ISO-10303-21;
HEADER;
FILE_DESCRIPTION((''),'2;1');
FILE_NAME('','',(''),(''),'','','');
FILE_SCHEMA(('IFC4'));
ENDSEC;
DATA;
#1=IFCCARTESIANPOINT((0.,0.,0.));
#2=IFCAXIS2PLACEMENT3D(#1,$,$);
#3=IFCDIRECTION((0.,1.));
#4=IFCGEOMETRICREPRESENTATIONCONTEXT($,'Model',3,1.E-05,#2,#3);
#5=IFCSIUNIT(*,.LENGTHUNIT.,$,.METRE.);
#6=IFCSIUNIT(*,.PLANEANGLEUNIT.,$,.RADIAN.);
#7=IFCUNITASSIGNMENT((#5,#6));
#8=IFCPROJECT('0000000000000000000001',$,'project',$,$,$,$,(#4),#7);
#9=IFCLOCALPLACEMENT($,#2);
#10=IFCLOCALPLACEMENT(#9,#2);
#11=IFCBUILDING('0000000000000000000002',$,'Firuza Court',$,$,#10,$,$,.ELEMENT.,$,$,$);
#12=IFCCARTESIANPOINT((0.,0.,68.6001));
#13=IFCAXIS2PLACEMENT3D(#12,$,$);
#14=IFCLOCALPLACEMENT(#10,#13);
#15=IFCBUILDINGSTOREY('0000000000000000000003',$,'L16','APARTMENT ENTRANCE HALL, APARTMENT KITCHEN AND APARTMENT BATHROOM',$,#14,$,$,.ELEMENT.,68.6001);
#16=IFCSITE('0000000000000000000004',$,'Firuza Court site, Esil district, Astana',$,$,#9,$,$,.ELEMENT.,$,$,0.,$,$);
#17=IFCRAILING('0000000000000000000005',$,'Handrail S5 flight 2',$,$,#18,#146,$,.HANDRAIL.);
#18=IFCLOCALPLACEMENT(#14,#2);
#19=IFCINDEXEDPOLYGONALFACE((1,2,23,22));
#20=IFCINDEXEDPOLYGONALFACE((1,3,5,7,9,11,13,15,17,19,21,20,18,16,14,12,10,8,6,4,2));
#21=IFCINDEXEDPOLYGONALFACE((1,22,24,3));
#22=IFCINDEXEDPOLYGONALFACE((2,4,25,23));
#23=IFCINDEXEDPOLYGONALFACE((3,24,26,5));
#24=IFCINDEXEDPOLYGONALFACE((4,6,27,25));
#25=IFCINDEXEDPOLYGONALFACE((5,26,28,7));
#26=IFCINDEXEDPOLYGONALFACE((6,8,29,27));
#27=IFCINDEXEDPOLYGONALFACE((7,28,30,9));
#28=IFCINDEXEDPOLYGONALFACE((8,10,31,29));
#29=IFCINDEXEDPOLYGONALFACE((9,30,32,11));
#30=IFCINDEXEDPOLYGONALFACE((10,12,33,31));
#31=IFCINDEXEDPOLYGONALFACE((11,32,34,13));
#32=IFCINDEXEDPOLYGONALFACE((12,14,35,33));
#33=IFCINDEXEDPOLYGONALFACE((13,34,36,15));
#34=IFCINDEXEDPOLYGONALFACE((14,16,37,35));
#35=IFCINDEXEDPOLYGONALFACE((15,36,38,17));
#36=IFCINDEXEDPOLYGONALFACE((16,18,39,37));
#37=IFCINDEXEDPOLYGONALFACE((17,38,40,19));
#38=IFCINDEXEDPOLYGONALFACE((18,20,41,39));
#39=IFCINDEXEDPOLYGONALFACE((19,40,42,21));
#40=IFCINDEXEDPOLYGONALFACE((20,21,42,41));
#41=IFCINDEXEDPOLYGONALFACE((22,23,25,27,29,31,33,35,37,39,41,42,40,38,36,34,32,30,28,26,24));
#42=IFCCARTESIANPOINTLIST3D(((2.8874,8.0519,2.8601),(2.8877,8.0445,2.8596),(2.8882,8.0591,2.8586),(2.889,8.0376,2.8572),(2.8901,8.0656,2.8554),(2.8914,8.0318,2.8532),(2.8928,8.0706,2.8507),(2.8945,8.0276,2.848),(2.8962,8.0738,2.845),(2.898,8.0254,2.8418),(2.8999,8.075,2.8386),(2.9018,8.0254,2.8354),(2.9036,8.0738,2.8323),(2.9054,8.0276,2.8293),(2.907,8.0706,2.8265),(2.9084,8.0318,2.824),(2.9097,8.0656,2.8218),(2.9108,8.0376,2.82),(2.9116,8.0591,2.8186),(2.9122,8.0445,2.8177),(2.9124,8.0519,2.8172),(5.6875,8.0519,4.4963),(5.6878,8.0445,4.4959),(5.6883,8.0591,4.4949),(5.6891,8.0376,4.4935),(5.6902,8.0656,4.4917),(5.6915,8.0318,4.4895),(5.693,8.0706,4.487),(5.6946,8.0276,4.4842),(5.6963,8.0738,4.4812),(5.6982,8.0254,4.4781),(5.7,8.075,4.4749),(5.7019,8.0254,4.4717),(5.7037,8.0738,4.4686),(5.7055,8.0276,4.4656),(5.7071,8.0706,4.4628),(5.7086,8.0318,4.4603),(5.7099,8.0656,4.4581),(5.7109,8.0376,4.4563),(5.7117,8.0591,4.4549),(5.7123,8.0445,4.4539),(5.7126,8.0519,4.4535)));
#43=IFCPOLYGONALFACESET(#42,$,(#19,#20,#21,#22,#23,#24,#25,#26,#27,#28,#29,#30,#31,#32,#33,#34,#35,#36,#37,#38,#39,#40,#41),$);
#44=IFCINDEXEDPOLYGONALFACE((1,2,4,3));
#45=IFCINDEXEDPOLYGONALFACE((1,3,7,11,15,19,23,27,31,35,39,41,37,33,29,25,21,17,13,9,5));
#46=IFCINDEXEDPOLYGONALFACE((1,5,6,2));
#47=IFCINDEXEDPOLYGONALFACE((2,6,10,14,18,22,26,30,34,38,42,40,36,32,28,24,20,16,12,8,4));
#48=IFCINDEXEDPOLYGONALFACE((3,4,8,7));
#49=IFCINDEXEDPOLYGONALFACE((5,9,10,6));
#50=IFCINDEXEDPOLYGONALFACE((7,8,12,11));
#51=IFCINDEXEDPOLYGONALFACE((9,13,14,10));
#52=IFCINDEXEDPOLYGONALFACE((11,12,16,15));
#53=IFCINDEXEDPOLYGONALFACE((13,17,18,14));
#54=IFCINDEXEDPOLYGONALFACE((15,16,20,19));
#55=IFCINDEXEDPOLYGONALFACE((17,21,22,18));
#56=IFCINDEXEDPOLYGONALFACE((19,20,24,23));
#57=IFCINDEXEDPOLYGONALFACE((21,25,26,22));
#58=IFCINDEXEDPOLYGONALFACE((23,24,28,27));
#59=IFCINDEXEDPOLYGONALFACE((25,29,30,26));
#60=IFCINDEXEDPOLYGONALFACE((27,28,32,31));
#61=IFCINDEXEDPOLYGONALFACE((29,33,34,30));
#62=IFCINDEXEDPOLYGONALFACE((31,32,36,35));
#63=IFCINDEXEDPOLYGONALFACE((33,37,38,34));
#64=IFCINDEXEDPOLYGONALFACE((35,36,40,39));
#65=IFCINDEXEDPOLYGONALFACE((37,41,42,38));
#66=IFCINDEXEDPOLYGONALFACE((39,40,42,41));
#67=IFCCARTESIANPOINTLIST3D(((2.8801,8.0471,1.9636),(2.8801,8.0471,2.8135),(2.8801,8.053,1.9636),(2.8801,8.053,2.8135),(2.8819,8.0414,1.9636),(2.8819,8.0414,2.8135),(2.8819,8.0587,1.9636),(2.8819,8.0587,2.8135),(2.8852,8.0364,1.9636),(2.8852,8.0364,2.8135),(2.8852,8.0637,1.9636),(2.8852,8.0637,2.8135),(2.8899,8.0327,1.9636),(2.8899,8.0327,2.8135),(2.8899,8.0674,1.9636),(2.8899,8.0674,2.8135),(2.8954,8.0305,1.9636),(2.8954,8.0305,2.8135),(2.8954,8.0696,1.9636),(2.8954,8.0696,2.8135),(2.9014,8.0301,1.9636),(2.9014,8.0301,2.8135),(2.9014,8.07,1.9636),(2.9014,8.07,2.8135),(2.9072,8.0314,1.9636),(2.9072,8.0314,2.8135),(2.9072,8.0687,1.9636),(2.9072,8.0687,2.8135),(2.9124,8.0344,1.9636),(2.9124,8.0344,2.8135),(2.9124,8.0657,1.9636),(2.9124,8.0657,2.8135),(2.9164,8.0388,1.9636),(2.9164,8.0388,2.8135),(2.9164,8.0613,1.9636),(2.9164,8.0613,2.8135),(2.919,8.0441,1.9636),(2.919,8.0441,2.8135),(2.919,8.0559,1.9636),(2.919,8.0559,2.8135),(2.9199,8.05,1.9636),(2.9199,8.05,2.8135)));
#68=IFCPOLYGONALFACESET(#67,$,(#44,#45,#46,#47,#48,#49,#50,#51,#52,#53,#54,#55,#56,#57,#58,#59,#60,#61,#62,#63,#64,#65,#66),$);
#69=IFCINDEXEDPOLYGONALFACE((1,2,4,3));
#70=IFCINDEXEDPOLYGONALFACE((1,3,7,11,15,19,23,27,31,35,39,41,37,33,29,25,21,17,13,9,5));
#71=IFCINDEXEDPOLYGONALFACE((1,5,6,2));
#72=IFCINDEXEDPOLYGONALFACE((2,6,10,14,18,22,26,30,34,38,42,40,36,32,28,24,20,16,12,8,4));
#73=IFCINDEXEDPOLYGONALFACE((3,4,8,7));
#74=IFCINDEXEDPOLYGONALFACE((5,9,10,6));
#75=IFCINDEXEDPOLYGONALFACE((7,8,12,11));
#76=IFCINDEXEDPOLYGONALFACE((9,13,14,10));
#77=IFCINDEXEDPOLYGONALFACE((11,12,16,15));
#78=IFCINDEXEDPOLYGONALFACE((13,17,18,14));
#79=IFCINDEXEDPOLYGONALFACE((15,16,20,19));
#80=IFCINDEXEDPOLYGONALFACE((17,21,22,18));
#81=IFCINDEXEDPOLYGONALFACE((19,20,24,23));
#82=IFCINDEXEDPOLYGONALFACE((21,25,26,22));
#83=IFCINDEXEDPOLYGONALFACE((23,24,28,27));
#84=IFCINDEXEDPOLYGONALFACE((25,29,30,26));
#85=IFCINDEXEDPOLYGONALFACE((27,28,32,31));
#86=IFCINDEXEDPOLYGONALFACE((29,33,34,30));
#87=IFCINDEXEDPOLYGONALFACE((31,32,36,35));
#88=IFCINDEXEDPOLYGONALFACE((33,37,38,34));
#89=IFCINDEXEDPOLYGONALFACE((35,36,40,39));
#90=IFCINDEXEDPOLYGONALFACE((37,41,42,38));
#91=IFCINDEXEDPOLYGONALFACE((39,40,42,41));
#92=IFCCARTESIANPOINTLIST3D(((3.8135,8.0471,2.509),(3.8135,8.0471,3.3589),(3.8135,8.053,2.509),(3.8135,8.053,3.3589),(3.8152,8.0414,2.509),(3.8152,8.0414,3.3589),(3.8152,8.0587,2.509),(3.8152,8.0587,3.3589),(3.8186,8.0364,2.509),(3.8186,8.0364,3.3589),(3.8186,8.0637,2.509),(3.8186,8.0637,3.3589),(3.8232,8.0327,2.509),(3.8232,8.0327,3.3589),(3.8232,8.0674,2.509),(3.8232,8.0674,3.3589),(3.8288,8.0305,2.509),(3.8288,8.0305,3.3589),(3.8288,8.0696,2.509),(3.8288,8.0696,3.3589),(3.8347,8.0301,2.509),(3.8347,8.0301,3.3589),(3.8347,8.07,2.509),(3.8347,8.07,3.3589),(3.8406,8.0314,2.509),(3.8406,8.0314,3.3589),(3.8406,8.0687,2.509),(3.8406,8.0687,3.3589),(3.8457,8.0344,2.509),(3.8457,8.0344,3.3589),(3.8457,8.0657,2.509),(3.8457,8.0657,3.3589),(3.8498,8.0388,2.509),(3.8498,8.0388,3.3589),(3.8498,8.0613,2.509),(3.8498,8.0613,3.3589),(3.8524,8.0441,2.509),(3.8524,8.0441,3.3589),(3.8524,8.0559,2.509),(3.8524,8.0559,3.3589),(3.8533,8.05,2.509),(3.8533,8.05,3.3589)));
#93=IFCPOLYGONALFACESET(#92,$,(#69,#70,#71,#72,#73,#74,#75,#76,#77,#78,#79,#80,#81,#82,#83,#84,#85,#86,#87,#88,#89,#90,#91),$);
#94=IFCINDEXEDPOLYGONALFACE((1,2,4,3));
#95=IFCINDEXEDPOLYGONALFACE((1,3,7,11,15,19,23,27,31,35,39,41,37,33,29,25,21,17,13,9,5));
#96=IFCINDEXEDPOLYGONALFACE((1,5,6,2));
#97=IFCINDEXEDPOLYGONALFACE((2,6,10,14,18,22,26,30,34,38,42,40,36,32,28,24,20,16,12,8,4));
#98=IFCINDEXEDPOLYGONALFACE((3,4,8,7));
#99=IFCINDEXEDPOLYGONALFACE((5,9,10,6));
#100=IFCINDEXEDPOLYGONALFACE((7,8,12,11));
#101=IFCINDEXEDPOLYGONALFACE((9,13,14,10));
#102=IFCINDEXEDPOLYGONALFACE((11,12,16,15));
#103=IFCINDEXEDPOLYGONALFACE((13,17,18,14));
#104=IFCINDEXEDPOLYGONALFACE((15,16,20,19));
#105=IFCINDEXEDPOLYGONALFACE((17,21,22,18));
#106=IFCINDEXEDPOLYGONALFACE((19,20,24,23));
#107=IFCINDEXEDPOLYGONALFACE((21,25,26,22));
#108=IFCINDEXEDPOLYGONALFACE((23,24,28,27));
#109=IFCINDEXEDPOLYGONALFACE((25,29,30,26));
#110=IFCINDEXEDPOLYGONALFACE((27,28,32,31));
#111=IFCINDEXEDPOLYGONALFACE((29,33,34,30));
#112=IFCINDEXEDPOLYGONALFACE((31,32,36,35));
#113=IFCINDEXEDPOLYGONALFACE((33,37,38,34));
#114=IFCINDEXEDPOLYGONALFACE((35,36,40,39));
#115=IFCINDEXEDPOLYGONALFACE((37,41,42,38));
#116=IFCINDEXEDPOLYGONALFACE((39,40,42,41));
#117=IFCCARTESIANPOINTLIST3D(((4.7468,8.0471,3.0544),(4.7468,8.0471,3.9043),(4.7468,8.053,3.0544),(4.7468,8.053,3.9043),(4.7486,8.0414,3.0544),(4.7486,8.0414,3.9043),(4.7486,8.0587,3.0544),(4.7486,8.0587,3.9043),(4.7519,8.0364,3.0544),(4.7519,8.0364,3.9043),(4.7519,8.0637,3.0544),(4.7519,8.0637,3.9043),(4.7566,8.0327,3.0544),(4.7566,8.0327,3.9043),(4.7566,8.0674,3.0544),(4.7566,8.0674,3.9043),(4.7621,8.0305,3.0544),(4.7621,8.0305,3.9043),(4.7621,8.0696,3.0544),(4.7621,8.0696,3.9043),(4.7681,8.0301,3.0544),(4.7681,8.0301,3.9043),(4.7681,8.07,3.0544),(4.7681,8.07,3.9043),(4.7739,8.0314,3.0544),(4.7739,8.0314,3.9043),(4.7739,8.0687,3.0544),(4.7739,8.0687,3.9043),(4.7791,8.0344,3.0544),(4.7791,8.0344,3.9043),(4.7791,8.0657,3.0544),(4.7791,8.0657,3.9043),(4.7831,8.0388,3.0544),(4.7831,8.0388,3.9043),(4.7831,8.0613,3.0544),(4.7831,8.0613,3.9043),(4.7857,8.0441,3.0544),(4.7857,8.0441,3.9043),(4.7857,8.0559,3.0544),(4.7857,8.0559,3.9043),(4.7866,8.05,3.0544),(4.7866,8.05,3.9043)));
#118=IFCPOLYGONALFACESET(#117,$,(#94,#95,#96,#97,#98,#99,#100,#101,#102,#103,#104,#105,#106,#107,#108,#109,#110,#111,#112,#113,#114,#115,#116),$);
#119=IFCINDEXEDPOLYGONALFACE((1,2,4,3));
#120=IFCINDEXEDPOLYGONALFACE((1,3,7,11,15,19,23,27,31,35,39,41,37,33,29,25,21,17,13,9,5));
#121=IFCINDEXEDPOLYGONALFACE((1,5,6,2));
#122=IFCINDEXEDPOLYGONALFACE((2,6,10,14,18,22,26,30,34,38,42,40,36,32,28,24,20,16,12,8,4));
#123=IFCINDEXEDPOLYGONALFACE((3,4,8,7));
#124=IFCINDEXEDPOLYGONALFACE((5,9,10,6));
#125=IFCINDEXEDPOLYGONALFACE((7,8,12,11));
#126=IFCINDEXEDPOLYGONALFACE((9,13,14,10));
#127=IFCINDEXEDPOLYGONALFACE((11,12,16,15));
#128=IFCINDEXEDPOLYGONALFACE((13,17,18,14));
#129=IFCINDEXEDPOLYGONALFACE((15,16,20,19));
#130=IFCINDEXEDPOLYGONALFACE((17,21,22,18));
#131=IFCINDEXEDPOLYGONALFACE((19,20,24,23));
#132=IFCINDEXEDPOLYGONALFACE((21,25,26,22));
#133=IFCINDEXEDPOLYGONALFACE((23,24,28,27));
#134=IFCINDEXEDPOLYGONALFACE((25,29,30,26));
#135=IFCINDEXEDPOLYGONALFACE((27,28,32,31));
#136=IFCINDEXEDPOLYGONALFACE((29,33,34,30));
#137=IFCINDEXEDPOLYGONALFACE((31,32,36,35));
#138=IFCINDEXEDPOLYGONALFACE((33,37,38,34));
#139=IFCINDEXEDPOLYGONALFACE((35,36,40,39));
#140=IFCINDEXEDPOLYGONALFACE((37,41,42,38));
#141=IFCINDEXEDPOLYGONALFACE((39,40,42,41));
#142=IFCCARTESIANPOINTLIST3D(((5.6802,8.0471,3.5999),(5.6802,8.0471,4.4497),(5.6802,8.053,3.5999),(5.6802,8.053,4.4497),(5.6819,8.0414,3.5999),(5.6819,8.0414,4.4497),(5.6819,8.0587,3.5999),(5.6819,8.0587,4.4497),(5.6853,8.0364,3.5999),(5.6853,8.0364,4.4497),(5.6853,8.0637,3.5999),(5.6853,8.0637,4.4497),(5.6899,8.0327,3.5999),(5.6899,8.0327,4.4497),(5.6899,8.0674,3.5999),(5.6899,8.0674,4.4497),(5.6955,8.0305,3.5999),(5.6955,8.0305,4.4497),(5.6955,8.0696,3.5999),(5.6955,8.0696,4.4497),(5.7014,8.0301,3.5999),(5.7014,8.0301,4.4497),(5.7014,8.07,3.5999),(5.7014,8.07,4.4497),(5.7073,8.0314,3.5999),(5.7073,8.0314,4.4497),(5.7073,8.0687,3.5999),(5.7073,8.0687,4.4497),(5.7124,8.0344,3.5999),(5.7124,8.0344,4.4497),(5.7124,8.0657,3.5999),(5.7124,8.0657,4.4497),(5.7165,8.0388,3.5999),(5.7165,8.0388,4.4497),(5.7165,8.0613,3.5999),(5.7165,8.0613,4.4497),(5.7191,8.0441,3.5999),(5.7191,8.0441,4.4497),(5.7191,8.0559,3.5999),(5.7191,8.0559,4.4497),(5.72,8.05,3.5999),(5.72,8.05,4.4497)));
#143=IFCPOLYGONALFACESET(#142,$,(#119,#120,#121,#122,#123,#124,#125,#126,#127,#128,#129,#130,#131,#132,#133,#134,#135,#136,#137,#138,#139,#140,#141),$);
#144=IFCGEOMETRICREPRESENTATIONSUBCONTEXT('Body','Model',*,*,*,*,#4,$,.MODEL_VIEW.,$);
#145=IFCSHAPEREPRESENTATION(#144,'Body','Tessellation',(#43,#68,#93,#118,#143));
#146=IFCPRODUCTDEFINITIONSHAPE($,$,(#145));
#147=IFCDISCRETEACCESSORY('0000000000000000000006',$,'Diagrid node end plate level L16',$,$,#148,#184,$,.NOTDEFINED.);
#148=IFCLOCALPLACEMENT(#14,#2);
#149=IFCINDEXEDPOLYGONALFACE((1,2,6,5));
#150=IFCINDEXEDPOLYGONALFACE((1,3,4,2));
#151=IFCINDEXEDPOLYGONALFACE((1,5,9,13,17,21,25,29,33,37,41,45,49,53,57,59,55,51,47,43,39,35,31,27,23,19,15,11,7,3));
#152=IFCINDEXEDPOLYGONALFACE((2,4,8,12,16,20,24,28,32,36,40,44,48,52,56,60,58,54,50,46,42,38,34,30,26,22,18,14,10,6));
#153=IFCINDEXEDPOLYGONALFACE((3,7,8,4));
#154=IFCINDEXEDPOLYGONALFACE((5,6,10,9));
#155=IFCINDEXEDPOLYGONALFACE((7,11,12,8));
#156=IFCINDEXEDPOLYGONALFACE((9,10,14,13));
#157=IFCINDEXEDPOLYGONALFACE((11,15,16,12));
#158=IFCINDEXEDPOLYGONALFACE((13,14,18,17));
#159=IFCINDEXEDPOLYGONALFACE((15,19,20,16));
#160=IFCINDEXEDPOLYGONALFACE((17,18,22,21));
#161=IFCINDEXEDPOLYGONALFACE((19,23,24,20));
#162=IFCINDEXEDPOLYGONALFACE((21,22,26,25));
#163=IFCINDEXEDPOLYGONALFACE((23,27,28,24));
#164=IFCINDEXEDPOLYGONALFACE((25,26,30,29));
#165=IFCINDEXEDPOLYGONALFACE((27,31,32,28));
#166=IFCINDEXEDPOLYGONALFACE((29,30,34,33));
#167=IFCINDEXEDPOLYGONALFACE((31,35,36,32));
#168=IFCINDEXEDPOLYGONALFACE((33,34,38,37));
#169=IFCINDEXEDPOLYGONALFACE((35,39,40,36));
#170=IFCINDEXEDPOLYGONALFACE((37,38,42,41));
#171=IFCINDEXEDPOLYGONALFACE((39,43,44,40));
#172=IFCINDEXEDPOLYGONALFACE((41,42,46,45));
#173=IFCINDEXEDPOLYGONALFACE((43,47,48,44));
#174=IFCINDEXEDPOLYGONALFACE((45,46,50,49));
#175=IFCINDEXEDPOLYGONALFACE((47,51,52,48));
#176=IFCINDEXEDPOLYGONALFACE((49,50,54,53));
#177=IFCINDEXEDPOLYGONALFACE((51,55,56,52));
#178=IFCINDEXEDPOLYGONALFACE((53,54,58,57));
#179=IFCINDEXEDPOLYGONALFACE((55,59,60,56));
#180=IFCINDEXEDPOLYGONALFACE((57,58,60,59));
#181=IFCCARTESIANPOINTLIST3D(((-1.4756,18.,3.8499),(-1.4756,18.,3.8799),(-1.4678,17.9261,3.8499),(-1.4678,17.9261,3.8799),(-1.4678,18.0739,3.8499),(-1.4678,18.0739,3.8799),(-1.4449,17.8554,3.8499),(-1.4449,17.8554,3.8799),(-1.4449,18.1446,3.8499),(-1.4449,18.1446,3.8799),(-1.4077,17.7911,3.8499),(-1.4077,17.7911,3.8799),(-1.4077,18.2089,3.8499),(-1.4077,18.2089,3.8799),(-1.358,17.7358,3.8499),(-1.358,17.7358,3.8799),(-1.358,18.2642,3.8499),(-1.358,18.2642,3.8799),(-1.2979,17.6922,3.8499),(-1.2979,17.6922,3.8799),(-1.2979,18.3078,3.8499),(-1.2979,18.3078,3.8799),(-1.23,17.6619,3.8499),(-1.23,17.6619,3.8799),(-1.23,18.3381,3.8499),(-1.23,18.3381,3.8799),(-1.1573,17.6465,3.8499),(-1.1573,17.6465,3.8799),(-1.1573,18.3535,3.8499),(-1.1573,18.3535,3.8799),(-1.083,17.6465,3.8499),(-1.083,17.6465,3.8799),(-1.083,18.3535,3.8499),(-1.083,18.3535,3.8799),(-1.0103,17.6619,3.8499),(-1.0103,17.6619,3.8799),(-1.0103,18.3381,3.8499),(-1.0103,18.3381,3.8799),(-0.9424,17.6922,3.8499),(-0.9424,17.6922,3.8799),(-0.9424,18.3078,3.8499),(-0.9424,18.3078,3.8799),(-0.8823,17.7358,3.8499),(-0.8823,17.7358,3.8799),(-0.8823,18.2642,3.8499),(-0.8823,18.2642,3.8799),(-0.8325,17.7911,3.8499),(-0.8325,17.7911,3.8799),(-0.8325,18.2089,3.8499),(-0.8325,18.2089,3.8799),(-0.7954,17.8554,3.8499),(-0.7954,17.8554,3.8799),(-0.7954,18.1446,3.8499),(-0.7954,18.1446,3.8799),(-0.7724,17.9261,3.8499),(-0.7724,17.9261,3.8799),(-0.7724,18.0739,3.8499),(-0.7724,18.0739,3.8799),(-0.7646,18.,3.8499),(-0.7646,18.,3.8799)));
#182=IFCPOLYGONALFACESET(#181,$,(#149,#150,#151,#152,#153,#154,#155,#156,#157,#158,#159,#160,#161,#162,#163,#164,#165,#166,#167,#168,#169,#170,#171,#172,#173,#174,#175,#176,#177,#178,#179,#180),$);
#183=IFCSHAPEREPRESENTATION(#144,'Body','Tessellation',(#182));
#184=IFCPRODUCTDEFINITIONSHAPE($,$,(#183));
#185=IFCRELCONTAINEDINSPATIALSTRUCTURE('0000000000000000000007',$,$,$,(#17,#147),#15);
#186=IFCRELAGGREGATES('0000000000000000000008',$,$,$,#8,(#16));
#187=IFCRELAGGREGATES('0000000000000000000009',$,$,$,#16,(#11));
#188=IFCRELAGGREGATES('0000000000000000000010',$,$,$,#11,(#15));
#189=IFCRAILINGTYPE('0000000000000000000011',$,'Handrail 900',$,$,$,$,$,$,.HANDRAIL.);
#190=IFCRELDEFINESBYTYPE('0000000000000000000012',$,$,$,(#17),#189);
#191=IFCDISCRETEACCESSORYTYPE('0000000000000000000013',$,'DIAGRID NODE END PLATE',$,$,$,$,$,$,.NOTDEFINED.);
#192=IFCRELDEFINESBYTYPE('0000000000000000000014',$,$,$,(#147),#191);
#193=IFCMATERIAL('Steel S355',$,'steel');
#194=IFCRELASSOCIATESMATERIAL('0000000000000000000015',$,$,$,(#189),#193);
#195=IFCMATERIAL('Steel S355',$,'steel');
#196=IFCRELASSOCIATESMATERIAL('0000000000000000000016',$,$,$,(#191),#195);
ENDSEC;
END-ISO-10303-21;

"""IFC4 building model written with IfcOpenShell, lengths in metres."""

from ifc_helpers import new_model, si_unit, direction, frame, origin, origin_2d, place, context, subcontext, project, spatial, circle, extrude, material, material_profile, profile_set, type_object, element, save


model = new_model("IFC4")

# Units and contexts
model_context = context("Model", 3, precision=1e-05, world=origin(), true_north=direction((0.0, 1.0)))
body_context = subcontext(model_context, "Body", "Model", "MODEL_VIEW")
ifc_project = project(units=[si_unit("LENGTHUNIT", "METRE"), si_unit("PLANEANGLEUNIT", "RADIAN")], contexts=[model_context])

# Site, building, storey
site_placement = place(None, origin())
site = spatial("IfcSite", under=ifc_project, at=site_placement, Name="Firuza Court site, Esil district, Astana", CompositionType="ELEMENT", RefElevation=0.0)
building_placement = place(site_placement, origin())
building = spatial("IfcBuilding", under=site, at=building_placement, Name="Firuza Court", CompositionType="ELEMENT")
storey_placement = place(building_placement, frame((0.0, 0.0, 68.6001)))
storey = spatial("IfcBuildingStorey", under=building, at=storey_placement, Name="L16", Description="APARTMENT ENTRANCE HALL, APARTMENT KITCHEN AND APARTMENT BATHROOM", CompositionType="ELEMENT", Elevation=68.6001)

# Railing
ifc_material_1 = material(Name="Steel S355", Category="steel")
railing_type_1 = type_object("IfcRailingType", Name="Handrail 900", PredefinedType="HANDRAIL", material=ifc_material_1)
railing_1_placement = place(storey_placement, frame((2.8999, 8.05, 1.9636)))
element("IfcRailing", 1, at=railing_1_placement, inside=storey, type_object=railing_type_1, Name="Handrail S5 flight 2", PredefinedType="HANDRAIL", context=body_context, shape_type="SweptSolid", body=[
    extrude(circle(Radius=0.0249, at=origin_2d()), frame((0.0, 0.0, 0.875), z_axis=(0.863394, 0.0, 0.504531), x_axis=(0.0, 1.0, 0.0)), (0.0, 0.0, 1.0), 3.2432),
    extrude(circle(Radius=0.02, at=origin_2d()), origin(), (0.0, 0.0, 1.0), 0.8499),
    extrude(circle(Radius=0.02, at=origin_2d()), frame((0.9333, 0.0, 0.5454)), (0.0, 0.0, 1.0), 0.8499),
    extrude(circle(Radius=0.02, at=origin_2d()), frame((1.8667, 0.0, 1.0908)), (0.0, 0.0, 1.0), 0.8499),
    extrude(circle(Radius=0.02, at=origin_2d()), frame((2.8, 0.0, 1.6362)), (0.0, 0.0, 1.0), 0.8499),
])

# Discrete accessory
ifc_material_2 = material(Name="Steel S355", Category="steel")
ifc_material_profile_1 = material_profile(ifc_material_2, circle(Radius=0.3555, at=origin_2d()), Name="PL D711")
ifc_profile_set_1 = profile_set([ifc_material_profile_1], Name="Steel S355")
discrete_accessory_type = type_object("IfcDiscreteAccessoryType", Name="DIAGRID NODE END PLATE", PredefinedType="NOTDEFINED", material=ifc_profile_set_1)
for number, where, z_axis, x_axis, name in (
    (2, (-1.1201, 18.0, 3.8499), (0.0, 0.0, 1.0), (1.0, 0.0, 0.0), "Diagrid node end plate level L16"),
):
    element("IfcDiscreteAccessory", number, at=place(storey_placement, frame(where, z_axis=z_axis, x_axis=x_axis)), inside=storey, type_object=discrete_accessory_type, Name=name, PredefinedType="NOTDEFINED", context=body_context, shape_type="SweptSolid", body=[
        extrude(circle(Radius=0.3555, at=origin_2d()), origin(), (0.0, 0.0, 1.0), 0.03),
    ])

save(model, "model.ifc")
